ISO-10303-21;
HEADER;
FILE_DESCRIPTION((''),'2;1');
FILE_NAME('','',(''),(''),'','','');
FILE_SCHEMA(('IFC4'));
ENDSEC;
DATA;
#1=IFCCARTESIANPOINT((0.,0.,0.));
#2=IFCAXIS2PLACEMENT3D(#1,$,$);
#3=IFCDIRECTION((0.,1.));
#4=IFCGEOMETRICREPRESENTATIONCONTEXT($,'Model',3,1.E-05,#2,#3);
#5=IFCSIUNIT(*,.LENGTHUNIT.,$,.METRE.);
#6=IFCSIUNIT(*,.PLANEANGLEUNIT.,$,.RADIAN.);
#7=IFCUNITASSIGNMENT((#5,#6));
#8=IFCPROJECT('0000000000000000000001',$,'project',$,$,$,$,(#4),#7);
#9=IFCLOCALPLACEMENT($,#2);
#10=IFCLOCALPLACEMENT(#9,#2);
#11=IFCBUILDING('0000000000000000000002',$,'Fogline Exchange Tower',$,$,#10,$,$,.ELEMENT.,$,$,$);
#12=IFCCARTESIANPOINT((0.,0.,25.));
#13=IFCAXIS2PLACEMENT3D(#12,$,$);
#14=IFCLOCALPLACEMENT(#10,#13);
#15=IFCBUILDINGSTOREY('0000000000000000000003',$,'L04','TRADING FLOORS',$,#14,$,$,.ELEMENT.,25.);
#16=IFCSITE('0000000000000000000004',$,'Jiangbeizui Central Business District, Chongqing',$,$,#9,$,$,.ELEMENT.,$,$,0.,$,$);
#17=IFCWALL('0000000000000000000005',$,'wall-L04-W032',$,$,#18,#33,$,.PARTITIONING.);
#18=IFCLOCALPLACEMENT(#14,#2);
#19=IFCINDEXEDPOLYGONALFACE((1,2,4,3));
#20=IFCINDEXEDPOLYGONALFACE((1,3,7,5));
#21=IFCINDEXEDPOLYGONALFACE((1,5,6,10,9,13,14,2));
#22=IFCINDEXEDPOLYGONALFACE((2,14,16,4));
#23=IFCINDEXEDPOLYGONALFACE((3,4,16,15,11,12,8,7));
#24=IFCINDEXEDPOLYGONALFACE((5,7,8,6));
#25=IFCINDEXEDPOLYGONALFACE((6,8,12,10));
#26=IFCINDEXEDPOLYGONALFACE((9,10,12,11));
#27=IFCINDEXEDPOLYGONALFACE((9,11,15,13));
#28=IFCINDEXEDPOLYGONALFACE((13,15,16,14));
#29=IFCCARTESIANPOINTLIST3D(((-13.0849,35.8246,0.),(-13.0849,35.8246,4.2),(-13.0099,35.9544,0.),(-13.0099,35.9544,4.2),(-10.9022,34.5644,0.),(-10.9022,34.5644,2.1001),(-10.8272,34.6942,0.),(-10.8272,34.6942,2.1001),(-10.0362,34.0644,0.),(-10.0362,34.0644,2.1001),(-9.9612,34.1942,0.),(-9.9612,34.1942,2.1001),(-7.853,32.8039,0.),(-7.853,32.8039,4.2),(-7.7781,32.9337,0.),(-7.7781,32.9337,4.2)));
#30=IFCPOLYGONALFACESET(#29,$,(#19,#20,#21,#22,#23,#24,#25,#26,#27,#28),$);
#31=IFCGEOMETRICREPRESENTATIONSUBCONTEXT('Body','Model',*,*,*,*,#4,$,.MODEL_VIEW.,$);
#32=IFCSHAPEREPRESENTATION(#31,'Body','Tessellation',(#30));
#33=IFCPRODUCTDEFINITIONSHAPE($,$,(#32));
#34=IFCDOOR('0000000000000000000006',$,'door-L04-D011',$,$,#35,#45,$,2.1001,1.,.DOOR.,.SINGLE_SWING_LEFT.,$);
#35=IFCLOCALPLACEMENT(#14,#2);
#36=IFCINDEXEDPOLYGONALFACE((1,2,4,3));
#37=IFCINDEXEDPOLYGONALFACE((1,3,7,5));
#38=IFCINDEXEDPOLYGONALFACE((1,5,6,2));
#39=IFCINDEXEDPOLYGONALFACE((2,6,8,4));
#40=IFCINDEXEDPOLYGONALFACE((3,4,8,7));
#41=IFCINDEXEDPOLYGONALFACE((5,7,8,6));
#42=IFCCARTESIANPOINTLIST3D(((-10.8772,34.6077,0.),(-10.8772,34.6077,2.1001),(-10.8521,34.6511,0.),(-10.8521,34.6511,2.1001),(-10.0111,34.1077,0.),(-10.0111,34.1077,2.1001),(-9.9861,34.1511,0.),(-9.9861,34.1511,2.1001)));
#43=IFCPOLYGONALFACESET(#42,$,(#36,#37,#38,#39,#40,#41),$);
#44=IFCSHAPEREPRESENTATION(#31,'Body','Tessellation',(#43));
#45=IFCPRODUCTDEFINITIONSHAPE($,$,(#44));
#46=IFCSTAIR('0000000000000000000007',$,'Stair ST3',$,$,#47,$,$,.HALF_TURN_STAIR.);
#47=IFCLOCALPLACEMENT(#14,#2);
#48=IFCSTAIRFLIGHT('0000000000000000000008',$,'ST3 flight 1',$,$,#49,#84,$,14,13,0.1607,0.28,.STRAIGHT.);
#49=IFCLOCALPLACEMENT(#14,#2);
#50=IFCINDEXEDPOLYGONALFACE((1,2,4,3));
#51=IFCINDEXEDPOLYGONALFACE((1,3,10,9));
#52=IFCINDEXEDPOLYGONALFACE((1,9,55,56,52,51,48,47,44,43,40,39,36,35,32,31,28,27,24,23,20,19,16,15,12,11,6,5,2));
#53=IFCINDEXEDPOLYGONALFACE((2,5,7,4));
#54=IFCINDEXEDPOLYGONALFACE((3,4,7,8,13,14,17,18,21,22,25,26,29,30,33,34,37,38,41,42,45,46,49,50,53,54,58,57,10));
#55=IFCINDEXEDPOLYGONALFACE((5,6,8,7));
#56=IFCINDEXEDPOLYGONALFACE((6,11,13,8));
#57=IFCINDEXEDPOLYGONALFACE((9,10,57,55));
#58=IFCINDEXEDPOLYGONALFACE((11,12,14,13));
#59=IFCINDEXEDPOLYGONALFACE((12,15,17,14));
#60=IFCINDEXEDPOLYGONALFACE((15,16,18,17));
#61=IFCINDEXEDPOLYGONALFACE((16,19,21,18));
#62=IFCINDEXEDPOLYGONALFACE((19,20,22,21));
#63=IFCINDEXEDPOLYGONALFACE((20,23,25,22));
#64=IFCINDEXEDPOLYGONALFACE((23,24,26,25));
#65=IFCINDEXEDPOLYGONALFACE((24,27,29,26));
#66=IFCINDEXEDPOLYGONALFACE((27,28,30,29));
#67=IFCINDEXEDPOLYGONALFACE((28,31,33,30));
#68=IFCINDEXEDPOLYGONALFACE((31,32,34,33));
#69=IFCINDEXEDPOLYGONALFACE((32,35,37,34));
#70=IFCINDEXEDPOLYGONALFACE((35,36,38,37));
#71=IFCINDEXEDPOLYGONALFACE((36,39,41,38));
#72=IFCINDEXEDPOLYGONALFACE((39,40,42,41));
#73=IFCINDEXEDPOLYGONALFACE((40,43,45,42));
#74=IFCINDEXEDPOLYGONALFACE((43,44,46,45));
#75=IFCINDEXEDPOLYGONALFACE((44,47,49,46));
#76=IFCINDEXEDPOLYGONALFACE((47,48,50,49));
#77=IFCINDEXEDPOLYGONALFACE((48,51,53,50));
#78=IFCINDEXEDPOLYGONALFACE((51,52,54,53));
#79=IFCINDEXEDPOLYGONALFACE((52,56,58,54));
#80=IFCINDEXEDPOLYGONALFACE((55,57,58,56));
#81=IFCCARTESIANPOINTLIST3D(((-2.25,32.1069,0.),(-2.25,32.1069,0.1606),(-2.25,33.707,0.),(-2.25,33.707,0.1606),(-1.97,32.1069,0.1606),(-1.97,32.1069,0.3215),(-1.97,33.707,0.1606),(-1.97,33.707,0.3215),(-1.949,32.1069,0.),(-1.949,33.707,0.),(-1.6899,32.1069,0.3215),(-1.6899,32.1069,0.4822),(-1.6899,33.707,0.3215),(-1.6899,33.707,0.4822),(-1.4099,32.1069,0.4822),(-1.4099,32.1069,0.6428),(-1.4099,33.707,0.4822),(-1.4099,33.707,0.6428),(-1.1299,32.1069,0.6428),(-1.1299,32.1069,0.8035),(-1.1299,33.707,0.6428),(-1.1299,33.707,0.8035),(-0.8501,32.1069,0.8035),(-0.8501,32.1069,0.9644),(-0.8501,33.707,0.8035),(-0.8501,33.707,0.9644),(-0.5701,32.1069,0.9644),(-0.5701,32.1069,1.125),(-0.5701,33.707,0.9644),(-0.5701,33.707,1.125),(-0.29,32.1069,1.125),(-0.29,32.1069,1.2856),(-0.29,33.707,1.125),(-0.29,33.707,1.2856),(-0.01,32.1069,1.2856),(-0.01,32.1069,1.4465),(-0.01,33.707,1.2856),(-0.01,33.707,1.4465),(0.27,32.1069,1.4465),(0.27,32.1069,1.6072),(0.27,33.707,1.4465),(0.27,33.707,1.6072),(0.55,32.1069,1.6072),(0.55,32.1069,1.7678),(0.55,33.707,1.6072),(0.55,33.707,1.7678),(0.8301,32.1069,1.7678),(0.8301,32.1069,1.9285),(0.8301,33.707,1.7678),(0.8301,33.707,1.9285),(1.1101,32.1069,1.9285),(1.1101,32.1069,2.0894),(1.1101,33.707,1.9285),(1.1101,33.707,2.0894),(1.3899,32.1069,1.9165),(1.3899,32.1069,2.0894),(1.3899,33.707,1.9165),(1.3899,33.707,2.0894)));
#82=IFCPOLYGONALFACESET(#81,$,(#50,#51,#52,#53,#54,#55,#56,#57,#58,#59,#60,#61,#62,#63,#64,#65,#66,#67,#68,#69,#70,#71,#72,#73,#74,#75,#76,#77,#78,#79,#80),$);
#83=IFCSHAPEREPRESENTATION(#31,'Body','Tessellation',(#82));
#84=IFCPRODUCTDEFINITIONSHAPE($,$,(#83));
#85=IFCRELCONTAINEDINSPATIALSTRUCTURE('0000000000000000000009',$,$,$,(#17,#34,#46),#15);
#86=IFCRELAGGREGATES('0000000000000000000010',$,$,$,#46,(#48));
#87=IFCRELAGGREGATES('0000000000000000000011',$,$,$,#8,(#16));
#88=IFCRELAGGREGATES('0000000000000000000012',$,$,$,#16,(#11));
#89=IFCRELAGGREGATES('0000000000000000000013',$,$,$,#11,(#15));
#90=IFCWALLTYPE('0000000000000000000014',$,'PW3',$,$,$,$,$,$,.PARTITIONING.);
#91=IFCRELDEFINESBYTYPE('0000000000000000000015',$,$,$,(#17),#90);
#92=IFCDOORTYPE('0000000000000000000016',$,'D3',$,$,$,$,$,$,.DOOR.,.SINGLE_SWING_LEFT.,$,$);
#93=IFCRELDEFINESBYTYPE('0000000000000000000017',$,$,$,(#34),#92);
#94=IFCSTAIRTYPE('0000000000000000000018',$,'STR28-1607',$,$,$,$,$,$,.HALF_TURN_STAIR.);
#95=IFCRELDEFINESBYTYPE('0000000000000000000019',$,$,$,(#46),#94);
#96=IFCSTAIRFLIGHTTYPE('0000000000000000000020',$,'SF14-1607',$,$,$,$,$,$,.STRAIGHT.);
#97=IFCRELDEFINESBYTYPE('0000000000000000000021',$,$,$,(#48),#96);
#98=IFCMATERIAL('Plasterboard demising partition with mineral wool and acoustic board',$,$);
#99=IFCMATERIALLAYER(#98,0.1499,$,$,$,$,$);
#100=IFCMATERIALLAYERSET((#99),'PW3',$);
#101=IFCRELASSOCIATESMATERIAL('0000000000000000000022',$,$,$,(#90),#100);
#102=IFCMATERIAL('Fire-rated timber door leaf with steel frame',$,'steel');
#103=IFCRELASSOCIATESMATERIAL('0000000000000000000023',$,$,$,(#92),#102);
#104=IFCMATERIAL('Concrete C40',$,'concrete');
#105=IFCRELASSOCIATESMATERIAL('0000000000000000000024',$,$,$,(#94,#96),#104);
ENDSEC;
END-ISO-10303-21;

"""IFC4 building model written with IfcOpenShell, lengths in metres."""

from ifc_helpers import new_model, si_unit, direction, frame, frame_2d, origin, place, context, subcontext, project, spatial, polyline, rectangle, outline, extrude, material, layer, layer_set, type_object, element, fill, aggregate, save


model = new_model("IFC4")

# Units and contexts
model_context = context("Model", 3, precision=1e-05, world=origin(), true_north=direction((0.0, 1.0)))
body_context = subcontext(model_context, "Body", "Model", "MODEL_VIEW")
ifc_project = project(units=[si_unit("LENGTHUNIT", "METRE"), si_unit("PLANEANGLEUNIT", "RADIAN")], contexts=[model_context])

# Site, building, storey
site_placement = place(None, origin())
site = spatial("IfcSite", under=ifc_project, at=site_placement, Name="Jiangbeizui Central Business District, Chongqing", CompositionType="ELEMENT", RefElevation=0.0)
building_placement = place(site_placement, origin())
building = spatial("IfcBuilding", under=site, at=building_placement, Name="Fogline Exchange Tower", CompositionType="ELEMENT")
storey_placement = place(building_placement, frame((0.0, 0.0, 25.0)))
storey = spatial("IfcBuildingStorey", under=building, at=storey_placement, Name="L04", Description="TRADING FLOORS", CompositionType="ELEMENT", Elevation=25.0)

# Shared definitions
ifc_material_1 = material(Name="Concrete C40", Category="concrete")

# Shared definitions
ifc_material_2 = material(Name="Plasterboard demising partition with mineral wool and acoustic board")
ifc_layer_1 = layer(ifc_material_2, 0.1499)
ifc_layer_set_1 = layer_set([ifc_layer_1], Name="PW3")
wall_type_1 = type_object("IfcWallType", Name="PW3", PredefinedType="PARTITIONING", material=ifc_layer_set_1)

# Wall, opening, door
wall_1_placement = place(storey_placement, frame((-7.8157, 32.8689, 0.0), z_axis=(0.0, 0.0, 1.0), x_axis=(-0.866019, 0.500012, 0.0)))
wall_1 = element("IfcWall", 1, at=wall_1_placement, inside=storey, type_object=wall_type_1, Name="wall-L04-W032", PredefinedType="PARTITIONING", context=body_context, shape_type="SweptSolid", body=[
    extrude(rectangle(XDim=6.0413, YDim=0.1499, at=frame_2d((3.0205, 0.0))), origin(), (0.0, 0.0, 1.0), 4.2),
])
opening_1_placement = place(wall_1_placement, frame((2.5208, 0.0, 0.0)))
opening_1 = element("IfcOpeningElement", 2, at=opening_1_placement, cuts=wall_1, PredefinedType="OPENING", context=body_context, shape_type="SweptSolid", body=[
    extrude(rectangle(XDim=1.0, YDim=2.1001, at=frame_2d((0.5, 1.05))), frame((0.0, 0.085, 0.0), z_axis=(0.0, -1.0, 0.0), x_axis=(1.0, 0.0, 0.0)), (0.0, 0.0, 1.0), 0.1699),
])
ifc_material_3 = material(Name="Fire-rated timber door leaf with steel frame", Category="steel")
door_type_1 = type_object("IfcDoorType", Name="D3", OperationType="SINGLE_SWING_LEFT", PredefinedType="DOOR", material=ifc_material_3)
door_1_placement = place(opening_1_placement, origin())
door_1 = element("IfcDoor", 3, at=door_1_placement, inside=storey, type_object=door_type_1, Name="door-L04-D011", OperationType="SINGLE_SWING_LEFT", OverallHeight=2.1001, OverallWidth=1.0, PredefinedType="DOOR", context=body_context, shape_type="SweptSolid", body=[
    extrude(rectangle(XDim=1.0, YDim=2.1001, at=frame_2d((0.5, 1.05))), frame((0.0, 0.0249, 0.0), z_axis=(0.0, -1.0, 0.0), x_axis=(1.0, 0.0, 0.0)), (0.0, 0.0, 1.0), 0.05),
])
fill(opening_1, door_1)

# Stair, stair flight
stair_type = type_object("IfcStairType", Name="STR28-1607", PredefinedType="HALF_TURN_STAIR", material=ifc_material_1)
stair_placement = place(storey_placement, origin())
stair = element("IfcStair", 4, at=stair_placement, inside=storey, type_object=stair_type, Name="Stair ST3", PredefinedType="HALF_TURN_STAIR")
stair_flight_type = type_object("IfcStairFlightType", Name="SF14-1607", PredefinedType="STRAIGHT", material=ifc_material_1)
stair_flight_placement = place(storey_placement, frame((-2.25, 32.907, 0.0), z_axis=(0.0, 0.0, 1.0), x_axis=(1.0, 0.0, 0.0)))
stair_flight = element("IfcStairFlight", 5, at=stair_flight_placement, type_object=stair_flight_type, Name="ST3 flight 1", NumberOfRisers=14, NumberOfTreads=13, PredefinedType="STRAIGHT", RiserHeight=0.1607, TreadLength=0.28, context=body_context, shape_type="SweptSolid", body=[
    extrude(outline(polyline([(0.0, 0.0), (0.0, 0.1606), (0.28, 0.1606), (0.28, 0.3215), (0.5601, 0.3215), (0.5601, 0.4822), (0.8401, 0.4822), (0.8401, 0.6428), (1.1201, 0.6428), (1.1201, 0.8035), (1.3999, 0.8035), (1.3999, 0.9644), (1.6799, 0.9644), (1.6799, 1.125), (1.96, 1.125), (1.96, 1.2856), (2.24, 1.2856), (2.24, 1.4465), (2.52, 1.4465), (2.52, 1.6072), (2.8, 1.6072), (2.8, 1.7678), (3.0801, 1.7678), (3.0801, 1.9285), (3.3601, 1.9285), (3.3601, 2.0894), (3.6399, 2.0894), (3.6399, 2.25), (3.6399, 1.9165), (0.301, 0.0), (0.0, 0.0)])), frame((0.0, 0.8, 0.0), z_axis=(0.0, -1.0, 0.0), x_axis=(1.0, 0.0, 0.0)), (0.0, 0.0, 1.0), 1.6001),
])
aggregate(stair, [stair_flight])

save(model, "model.ifc")
